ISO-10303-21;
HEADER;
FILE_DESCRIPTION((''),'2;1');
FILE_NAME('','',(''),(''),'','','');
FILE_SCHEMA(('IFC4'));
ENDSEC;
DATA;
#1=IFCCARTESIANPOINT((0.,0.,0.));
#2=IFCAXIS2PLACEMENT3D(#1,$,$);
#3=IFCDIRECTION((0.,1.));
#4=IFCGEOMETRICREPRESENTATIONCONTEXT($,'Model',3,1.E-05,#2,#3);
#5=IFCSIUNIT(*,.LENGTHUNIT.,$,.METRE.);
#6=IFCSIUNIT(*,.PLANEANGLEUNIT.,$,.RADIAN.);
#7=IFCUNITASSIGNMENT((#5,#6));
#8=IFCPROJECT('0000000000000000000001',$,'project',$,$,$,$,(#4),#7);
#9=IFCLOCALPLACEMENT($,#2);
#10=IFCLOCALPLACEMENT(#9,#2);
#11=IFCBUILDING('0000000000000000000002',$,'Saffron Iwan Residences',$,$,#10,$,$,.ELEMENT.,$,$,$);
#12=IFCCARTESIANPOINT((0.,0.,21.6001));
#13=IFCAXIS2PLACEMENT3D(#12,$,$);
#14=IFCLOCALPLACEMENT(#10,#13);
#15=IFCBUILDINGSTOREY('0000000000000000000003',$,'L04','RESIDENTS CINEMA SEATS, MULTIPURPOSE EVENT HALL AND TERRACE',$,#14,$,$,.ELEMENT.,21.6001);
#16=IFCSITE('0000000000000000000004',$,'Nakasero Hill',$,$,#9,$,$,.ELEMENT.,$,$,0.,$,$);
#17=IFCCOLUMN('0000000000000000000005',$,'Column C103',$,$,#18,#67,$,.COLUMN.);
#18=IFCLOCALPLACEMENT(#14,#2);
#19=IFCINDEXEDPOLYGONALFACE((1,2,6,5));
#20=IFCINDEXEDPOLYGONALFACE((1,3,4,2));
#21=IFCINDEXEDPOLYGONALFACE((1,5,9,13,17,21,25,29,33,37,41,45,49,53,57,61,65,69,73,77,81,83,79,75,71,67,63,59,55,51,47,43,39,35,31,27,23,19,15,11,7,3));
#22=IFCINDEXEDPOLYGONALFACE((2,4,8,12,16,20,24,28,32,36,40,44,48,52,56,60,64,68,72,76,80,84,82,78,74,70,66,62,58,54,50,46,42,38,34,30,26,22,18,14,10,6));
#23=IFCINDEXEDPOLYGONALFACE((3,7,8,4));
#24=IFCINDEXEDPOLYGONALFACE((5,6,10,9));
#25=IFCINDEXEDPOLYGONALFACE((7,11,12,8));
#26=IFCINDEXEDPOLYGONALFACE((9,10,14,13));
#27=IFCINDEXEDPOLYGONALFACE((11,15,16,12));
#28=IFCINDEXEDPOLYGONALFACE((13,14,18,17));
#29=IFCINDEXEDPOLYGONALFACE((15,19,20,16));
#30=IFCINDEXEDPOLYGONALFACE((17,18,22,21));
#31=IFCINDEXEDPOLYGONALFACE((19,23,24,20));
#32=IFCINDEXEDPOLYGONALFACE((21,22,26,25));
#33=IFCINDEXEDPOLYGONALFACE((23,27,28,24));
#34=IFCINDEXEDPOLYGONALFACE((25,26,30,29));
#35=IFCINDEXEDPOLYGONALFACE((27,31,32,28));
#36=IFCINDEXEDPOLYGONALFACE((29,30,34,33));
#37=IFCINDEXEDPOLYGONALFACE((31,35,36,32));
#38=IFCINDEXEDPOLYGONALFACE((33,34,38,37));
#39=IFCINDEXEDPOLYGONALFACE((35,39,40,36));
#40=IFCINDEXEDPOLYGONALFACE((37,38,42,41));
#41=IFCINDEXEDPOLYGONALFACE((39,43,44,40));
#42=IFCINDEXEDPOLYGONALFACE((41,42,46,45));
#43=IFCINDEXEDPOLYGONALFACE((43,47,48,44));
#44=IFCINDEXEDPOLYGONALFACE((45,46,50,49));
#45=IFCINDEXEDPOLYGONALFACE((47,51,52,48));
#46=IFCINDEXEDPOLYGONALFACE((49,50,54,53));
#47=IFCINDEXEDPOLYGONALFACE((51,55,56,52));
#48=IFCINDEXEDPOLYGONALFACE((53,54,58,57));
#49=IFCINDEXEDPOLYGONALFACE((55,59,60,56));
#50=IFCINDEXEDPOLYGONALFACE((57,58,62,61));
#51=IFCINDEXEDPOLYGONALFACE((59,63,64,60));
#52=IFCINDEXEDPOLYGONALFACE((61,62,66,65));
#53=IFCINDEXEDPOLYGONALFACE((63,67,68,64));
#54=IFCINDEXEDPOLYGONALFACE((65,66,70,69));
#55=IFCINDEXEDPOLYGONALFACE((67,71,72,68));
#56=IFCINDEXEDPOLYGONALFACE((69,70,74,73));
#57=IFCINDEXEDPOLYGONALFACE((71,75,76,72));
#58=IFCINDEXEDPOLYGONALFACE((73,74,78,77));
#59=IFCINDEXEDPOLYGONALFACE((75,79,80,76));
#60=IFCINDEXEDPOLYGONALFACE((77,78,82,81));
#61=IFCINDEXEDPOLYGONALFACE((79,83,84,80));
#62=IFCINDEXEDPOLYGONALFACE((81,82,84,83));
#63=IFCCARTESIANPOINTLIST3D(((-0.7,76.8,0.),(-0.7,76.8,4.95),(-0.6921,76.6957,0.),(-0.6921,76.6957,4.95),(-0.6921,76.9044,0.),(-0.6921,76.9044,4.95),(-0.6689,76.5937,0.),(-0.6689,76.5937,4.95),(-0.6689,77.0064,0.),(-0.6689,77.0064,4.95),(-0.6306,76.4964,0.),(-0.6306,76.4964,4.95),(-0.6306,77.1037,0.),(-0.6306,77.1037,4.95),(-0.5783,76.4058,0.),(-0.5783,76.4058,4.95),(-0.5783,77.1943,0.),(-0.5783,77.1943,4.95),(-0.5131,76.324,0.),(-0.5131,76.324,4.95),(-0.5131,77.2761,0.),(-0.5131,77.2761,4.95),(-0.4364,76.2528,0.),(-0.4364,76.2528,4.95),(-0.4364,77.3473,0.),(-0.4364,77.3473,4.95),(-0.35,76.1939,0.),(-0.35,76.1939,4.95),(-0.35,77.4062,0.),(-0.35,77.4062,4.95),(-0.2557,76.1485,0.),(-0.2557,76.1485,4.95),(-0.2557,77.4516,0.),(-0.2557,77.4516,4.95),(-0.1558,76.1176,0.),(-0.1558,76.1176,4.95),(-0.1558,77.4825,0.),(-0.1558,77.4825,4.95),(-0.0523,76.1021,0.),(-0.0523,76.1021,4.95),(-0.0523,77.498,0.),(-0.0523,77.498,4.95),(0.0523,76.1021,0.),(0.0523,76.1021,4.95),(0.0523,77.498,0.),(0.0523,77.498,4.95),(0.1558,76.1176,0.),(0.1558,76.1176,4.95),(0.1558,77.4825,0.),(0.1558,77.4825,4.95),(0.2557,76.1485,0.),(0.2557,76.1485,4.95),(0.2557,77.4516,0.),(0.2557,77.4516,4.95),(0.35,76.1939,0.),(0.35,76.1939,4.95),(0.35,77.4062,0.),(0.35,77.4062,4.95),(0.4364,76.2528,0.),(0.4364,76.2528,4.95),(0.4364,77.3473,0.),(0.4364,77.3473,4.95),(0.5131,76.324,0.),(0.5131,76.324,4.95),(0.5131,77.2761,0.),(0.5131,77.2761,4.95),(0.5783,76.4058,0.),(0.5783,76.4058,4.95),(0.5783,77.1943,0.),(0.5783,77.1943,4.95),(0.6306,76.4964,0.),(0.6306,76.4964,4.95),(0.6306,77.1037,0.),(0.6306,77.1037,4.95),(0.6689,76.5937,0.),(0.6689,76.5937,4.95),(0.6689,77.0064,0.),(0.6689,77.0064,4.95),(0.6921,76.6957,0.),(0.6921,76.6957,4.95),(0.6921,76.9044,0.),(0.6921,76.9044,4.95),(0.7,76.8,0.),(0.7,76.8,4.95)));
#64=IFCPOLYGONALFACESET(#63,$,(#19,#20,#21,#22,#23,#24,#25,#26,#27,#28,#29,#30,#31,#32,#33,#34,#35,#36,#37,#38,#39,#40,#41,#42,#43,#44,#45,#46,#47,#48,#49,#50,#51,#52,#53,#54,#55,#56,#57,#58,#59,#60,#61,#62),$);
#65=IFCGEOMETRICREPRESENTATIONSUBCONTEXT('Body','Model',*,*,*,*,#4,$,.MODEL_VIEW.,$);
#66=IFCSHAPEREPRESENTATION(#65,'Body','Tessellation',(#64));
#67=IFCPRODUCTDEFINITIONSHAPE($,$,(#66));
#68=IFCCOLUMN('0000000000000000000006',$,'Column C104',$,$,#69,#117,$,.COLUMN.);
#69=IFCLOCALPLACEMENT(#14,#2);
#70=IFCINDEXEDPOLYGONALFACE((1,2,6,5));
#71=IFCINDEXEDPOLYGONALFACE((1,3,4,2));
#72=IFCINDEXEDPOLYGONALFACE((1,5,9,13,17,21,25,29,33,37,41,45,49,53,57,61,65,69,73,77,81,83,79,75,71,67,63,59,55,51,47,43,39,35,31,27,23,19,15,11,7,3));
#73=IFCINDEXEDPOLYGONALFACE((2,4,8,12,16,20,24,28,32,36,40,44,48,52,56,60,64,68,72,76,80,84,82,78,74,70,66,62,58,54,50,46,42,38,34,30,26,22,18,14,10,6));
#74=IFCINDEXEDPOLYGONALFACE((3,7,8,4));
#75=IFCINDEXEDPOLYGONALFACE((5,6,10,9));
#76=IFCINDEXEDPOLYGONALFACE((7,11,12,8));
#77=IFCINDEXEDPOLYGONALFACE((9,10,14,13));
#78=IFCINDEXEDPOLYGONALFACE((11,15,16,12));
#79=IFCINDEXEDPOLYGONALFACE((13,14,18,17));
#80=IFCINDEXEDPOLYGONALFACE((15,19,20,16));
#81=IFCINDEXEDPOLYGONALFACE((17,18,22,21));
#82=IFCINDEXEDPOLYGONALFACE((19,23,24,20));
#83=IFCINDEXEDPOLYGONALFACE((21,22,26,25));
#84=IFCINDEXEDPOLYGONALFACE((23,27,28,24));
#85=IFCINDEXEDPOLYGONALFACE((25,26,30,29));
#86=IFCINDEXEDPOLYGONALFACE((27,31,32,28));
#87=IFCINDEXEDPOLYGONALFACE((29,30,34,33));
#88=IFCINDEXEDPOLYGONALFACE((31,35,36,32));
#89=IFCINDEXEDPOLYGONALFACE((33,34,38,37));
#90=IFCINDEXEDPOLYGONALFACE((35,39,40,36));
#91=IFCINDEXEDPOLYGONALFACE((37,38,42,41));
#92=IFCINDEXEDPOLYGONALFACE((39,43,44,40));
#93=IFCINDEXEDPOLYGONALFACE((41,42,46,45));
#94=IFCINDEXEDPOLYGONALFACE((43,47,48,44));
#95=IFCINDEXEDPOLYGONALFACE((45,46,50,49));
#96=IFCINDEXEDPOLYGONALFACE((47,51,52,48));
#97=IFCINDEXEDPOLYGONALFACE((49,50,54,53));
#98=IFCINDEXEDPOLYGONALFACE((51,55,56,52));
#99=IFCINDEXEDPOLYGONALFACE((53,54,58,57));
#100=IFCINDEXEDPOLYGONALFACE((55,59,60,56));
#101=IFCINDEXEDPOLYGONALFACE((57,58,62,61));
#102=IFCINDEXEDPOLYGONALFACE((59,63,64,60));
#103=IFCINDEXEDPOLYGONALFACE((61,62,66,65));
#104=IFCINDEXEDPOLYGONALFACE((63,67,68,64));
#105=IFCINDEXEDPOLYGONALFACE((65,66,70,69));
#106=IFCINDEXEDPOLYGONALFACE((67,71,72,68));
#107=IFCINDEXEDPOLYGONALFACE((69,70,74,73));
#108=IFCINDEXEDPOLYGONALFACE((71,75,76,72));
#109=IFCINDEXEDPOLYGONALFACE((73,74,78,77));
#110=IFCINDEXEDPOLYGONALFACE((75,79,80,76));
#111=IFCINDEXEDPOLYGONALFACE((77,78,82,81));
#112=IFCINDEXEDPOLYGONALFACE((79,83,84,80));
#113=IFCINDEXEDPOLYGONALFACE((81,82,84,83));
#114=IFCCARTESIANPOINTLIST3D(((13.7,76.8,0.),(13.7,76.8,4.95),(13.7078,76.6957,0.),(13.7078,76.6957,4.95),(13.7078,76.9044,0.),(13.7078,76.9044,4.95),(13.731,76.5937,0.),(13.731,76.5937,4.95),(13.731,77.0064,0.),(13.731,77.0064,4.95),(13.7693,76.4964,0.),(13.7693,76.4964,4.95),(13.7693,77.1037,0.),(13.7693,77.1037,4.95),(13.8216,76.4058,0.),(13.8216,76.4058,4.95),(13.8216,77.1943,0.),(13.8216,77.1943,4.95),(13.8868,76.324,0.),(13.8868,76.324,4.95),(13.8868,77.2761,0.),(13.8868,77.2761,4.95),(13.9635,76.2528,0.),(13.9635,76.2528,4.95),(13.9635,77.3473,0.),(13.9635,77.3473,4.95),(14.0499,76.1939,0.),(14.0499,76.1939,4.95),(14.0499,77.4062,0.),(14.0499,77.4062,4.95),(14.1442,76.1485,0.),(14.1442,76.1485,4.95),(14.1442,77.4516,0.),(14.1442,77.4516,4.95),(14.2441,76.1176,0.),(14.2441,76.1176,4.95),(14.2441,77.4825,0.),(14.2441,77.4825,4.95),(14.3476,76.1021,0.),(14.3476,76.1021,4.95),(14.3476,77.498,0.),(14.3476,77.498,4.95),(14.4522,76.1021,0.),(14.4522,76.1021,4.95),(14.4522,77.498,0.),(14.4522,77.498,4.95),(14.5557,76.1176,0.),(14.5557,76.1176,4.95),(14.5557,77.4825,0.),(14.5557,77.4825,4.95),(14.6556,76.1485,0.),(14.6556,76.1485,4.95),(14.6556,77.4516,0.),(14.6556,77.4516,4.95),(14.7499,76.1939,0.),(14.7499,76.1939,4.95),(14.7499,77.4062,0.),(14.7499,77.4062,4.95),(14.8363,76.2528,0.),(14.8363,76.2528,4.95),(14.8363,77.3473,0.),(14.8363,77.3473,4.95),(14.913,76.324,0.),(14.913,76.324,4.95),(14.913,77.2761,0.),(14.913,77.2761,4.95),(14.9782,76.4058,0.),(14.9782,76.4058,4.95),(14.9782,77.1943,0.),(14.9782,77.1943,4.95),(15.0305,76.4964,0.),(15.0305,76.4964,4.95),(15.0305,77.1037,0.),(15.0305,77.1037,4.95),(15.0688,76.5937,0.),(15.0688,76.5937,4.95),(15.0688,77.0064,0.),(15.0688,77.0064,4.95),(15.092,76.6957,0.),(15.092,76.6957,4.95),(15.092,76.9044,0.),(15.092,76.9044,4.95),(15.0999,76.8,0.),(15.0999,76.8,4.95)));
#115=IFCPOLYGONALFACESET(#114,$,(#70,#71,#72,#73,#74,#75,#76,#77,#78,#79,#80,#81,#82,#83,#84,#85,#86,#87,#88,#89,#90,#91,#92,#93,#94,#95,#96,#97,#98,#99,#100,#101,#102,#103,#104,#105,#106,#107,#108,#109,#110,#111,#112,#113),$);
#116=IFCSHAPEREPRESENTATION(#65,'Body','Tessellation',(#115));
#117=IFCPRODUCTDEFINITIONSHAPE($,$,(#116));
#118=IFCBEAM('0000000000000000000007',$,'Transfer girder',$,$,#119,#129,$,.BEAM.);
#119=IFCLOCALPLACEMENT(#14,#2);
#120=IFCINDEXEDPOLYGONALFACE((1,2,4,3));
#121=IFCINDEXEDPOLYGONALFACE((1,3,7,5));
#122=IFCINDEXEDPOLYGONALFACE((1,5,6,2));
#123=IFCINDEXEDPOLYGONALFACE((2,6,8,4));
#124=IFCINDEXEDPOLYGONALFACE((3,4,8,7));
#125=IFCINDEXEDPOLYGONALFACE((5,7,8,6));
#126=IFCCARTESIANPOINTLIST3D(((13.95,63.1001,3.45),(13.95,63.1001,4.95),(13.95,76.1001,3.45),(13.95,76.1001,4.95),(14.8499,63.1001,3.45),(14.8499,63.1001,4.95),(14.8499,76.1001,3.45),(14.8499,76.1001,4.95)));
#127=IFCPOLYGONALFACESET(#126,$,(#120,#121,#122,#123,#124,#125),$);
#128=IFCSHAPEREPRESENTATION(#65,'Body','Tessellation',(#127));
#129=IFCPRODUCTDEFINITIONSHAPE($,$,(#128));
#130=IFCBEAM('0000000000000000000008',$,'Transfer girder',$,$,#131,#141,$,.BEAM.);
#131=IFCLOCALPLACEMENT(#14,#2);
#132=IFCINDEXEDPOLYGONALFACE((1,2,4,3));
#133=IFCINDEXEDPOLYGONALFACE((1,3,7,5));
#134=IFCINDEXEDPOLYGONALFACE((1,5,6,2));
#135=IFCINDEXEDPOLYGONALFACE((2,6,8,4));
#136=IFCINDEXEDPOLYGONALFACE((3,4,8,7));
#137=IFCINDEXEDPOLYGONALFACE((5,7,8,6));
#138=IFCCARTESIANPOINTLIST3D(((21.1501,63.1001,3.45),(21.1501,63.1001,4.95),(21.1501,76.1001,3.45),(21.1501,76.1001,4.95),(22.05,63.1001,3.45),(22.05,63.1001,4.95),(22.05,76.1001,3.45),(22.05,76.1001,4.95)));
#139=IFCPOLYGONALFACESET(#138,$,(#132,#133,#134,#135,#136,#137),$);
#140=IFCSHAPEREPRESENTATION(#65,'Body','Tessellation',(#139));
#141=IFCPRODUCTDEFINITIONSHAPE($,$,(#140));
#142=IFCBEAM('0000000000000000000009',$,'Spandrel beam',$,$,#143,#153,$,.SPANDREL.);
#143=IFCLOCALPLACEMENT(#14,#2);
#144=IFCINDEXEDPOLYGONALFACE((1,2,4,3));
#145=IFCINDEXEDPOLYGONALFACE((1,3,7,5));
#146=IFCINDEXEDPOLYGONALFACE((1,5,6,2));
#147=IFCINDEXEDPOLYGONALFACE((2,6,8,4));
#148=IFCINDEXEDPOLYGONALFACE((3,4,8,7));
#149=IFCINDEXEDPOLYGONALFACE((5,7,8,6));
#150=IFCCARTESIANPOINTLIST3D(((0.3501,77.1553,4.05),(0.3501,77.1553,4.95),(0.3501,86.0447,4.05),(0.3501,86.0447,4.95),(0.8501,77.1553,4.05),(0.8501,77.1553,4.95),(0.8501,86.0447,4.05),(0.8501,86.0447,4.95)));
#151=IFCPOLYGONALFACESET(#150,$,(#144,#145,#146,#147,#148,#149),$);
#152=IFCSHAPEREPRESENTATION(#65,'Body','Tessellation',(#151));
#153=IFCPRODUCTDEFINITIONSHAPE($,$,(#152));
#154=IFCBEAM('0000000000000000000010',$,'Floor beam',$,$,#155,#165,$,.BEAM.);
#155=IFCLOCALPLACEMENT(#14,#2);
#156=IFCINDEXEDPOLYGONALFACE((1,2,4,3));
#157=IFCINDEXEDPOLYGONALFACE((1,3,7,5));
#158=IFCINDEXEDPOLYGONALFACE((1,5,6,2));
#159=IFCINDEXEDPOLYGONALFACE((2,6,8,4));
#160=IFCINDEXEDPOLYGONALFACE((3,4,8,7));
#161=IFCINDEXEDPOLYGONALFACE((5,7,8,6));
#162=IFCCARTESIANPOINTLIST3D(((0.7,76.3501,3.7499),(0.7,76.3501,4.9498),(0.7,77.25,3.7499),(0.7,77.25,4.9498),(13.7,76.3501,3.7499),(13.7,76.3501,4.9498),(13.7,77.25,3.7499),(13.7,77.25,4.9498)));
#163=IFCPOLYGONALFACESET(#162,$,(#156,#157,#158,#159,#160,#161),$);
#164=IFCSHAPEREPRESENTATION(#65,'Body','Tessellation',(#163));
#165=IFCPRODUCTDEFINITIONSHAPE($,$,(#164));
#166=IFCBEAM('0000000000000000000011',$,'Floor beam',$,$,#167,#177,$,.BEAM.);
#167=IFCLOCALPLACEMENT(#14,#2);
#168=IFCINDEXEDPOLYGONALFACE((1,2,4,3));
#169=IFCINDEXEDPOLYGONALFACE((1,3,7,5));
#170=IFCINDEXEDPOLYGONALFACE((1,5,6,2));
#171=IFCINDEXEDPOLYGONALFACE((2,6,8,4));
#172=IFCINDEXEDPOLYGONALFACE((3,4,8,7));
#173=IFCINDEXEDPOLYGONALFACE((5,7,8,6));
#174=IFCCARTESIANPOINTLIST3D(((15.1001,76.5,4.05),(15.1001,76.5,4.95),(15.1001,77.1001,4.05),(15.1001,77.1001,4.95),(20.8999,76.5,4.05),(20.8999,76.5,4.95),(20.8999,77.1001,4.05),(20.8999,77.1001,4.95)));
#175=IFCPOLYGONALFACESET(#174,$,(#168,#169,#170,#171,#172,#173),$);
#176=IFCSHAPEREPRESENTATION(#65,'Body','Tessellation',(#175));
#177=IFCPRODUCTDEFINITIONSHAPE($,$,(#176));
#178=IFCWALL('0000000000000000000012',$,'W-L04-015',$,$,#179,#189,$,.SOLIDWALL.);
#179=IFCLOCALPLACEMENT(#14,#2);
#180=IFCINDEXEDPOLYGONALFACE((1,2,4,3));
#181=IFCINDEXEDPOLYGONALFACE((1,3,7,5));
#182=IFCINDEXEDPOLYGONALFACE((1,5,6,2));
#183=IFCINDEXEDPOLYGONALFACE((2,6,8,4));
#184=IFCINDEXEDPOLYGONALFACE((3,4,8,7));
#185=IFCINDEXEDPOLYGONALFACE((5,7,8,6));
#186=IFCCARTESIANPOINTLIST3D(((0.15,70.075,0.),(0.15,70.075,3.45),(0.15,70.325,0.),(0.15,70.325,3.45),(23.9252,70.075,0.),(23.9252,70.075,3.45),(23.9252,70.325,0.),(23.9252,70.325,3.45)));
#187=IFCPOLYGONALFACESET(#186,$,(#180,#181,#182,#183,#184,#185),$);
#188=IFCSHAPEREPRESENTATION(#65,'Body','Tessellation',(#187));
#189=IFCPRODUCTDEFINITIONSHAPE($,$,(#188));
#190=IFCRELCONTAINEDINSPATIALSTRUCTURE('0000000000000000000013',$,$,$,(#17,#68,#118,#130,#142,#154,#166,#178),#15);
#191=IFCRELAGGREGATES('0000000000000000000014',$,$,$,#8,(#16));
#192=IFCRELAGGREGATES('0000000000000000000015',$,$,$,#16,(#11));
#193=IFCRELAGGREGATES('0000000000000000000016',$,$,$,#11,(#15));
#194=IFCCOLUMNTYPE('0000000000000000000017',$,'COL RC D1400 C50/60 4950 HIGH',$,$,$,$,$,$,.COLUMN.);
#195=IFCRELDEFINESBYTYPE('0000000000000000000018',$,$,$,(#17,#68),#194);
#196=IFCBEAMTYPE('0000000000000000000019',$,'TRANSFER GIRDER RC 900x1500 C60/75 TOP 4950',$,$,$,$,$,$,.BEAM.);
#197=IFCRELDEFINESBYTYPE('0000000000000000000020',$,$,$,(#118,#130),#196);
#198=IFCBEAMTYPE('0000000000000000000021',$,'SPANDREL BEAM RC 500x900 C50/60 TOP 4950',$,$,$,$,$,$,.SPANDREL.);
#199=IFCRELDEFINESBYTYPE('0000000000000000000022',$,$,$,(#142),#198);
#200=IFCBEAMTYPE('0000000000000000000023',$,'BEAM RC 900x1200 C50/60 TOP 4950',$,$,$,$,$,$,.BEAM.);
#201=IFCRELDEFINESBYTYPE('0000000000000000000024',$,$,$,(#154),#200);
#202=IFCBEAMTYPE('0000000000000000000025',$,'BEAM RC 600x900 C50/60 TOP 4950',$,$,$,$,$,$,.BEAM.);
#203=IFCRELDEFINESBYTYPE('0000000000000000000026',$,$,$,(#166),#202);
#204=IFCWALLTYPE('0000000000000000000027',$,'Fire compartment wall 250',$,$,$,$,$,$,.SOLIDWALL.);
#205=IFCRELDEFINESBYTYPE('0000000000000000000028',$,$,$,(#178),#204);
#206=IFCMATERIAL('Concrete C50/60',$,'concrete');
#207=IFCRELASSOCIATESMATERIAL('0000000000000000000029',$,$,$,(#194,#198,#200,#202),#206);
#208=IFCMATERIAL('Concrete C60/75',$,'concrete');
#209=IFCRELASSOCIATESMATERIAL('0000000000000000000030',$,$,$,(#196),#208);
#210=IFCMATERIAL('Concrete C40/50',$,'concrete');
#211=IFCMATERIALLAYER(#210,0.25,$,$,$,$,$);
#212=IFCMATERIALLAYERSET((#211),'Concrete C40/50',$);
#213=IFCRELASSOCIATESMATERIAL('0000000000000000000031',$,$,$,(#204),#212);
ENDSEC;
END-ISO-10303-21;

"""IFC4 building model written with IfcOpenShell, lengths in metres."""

from ifc_helpers import new_model, si_unit, direction, frame, frame_2d, origin, origin_2d, place, context, subcontext, project, spatial, rectangle, circle, extrude, source, transform, mapped, material, layer, layer_set, material_profile, profile_set, type_object, element, save


model = new_model("IFC4")

# Units and contexts
model_context = context("Model", 3, precision=1e-05, world=origin(), true_north=direction((0.0, 1.0)))
body_context = subcontext(model_context, "Body", "Model", "MODEL_VIEW")
ifc_project = project(units=[si_unit("LENGTHUNIT", "METRE"), si_unit("PLANEANGLEUNIT", "RADIAN")], contexts=[model_context])

# Site, building, storey
site_placement = place(None, origin())
site = spatial("IfcSite", under=ifc_project, at=site_placement, Name="Nakasero Hill", CompositionType="ELEMENT", RefElevation=0.0)
building_placement = place(site_placement, origin())
building = spatial("IfcBuilding", under=site, at=building_placement, Name="Saffron Iwan Residences", CompositionType="ELEMENT")
storey_placement = place(building_placement, frame((0.0, 0.0, 21.6001)))
storey = spatial("IfcBuildingStorey", under=building, at=storey_placement, Name="L04", Description="RESIDENTS CINEMA SEATS, MULTIPURPOSE EVENT HALL AND TERRACE", CompositionType="ELEMENT", Elevation=21.6001)

# Columns
ifc_material_1 = material(Name="Concrete C50/60", Category="concrete")
ifc_material_profile_1 = material_profile(ifc_material_1, circle(Radius=0.7, at=origin_2d()), Name="RC D1400")
ifc_profile_set_1 = profile_set([ifc_material_profile_1], Name="Concrete C50/60")
column_type = type_object("IfcColumnType", Name="COL RC D1400 C50/60 4950 HIGH", PredefinedType="COLUMN", material=ifc_profile_set_1)
shared_shape_1 = source(origin(), body_context, "Body", "SweptSolid", [
    extrude(circle(Radius=0.7, at=origin_2d()), origin(), (0.0, 0.0, 1.0), 4.95),
])
for number, where, z_axis, x_axis, name in (
    (1, (0.0, 76.8, 0.0), (0.0, 0.0, 1.0), (1.0, 0.0, 0.0), "Column C103"),
    (2, (14.3999, 76.8, 0.0), (0.0, 0.0, 1.0), (1.0, 0.0, 0.0), "Column C104"),
):
    element("IfcColumn", number, at=place(storey_placement, frame(where, z_axis=z_axis, x_axis=x_axis)), inside=storey, type_object=column_type, Name=name, PredefinedType="COLUMN", context=body_context, shape_type="MappedRepresentation", body=[
        mapped(shared_shape_1, transform((0.0, 0.0, 0.0))),
    ])

# Beams
ifc_material_2 = material(Name="Concrete C60/75", Category="concrete")
ifc_material_profile_2 = material_profile(ifc_material_2, rectangle(XDim=0.8999, YDim=1.5, at=origin_2d()), Name="RC 900x1500")
ifc_profile_set_2 = profile_set([ifc_material_profile_2], Name="Concrete C60/75")
beam_type_1 = type_object("IfcBeamType", Name="TRANSFER GIRDER RC 900x1500 C60/75 TOP 4950", PredefinedType="BEAM", material=ifc_profile_set_2)
shared_shape_2 = source(origin(), body_context, "Body", "SweptSolid", [
    extrude(rectangle(XDim=0.8999, YDim=1.5, at=origin_2d()), origin(), (0.0, 0.0, 1.0), 13.0),
])
for number, where, z_axis, x_axis, name in (
    (3, (14.3999, 63.1001, 4.2), (0.0, 1.0, 0.0), (-1.0, 0.0, 0.0), "Transfer girder"),
    (4, (21.6001, 63.1001, 4.2), (0.0, 1.0, 0.0), (-1.0, 0.0, 0.0), "Transfer girder"),
):
    element("IfcBeam", number, at=place(storey_placement, frame(where, z_axis=z_axis, x_axis=x_axis)), inside=storey, type_object=beam_type_1, Name=name, PredefinedType="BEAM", context=body_context, shape_type="MappedRepresentation", body=[
        mapped(shared_shape_2, transform((0.0, 0.0, 0.0))),
    ])
ifc_material_profile_3 = material_profile(ifc_material_1, rectangle(XDim=0.5, YDim=0.8999, at=origin_2d()), Name="RC 500x900")
ifc_profile_set_3 = profile_set([ifc_material_profile_3], Name="Concrete C50/60")
beam_type_2 = type_object("IfcBeamType", Name="SPANDREL BEAM RC 500x900 C50/60 TOP 4950", PredefinedType="SPANDREL", material=ifc_profile_set_3)
shared_shape_3 = source(origin(), body_context, "Body", "SweptSolid", [
    extrude(rectangle(XDim=0.5, YDim=0.8999, at=origin_2d()), origin(), (0.0, 0.0, 1.0), 8.8894),
])
beam_1_placement = place(storey_placement, frame((0.6001, 77.1553, 4.5), z_axis=(0.0, 1.0, 0.0), x_axis=(-1.0, 0.0, 0.0)))
element("IfcBeam", 5, at=beam_1_placement, inside=storey, type_object=beam_type_2, Name="Spandrel beam", PredefinedType="SPANDREL", context=body_context, shape_type="MappedRepresentation", body=[
    mapped(shared_shape_3, transform((0.0, 0.0, 0.0))),
])
ifc_material_profile_4 = material_profile(ifc_material_1, rectangle(XDim=0.8999, YDim=1.2, at=origin_2d()), Name="RC 900x1200")
ifc_profile_set_4 = profile_set([ifc_material_profile_4], Name="Concrete C50/60")
beam_type_3 = type_object("IfcBeamType", Name="BEAM RC 900x1200 C50/60 TOP 4950", PredefinedType="BEAM", material=ifc_profile_set_4)
shared_shape_4 = source(origin(), body_context, "Body", "SweptSolid", [
    extrude(rectangle(XDim=0.8999, YDim=1.2, at=origin_2d()), origin(), (0.0, 0.0, 1.0), 13.0),
])
beam_2_placement = place(storey_placement, frame((0.7, 76.8, 4.3499), z_axis=(1.0, 0.0, 0.0), x_axis=(0.0, 1.0, 0.0)))
element("IfcBeam", 6, at=beam_2_placement, inside=storey, type_object=beam_type_3, Name="Floor beam", PredefinedType="BEAM", context=body_context, shape_type="MappedRepresentation", body=[
    mapped(shared_shape_4, transform((0.0, 0.0, 0.0))),
])
ifc_material_profile_5 = material_profile(ifc_material_1, rectangle(XDim=0.6001, YDim=0.8999, at=origin_2d()), Name="RC 600x900")
ifc_profile_set_5 = profile_set([ifc_material_profile_5], Name="Concrete C50/60")
beam_type_4 = type_object("IfcBeamType", Name="BEAM RC 600x900 C50/60 TOP 4950", PredefinedType="BEAM", material=ifc_profile_set_5)
shared_shape_5 = source(origin(), body_context, "Body", "SweptSolid", [
    extrude(rectangle(XDim=0.6001, YDim=0.8999, at=origin_2d()), origin(), (0.0, 0.0, 1.0), 5.7998),
])
beam_3_placement = place(storey_placement, frame((15.1001, 76.8, 4.5), z_axis=(1.0, 0.0, 0.0), x_axis=(0.0, 1.0, 0.0)))
element("IfcBeam", 7, at=beam_3_placement, inside=storey, type_object=beam_type_4, Name="Floor beam", PredefinedType="BEAM", context=body_context, shape_type="MappedRepresentation", body=[
    mapped(shared_shape_5, transform((0.0, 0.0, 0.0))),
])

# Wall
ifc_material_3 = material(Name="Concrete C40/50", Category="concrete")
ifc_layer_1 = layer(ifc_material_3, 0.25)
ifc_layer_set_1 = layer_set([ifc_layer_1], Name="Concrete C40/50")
wall_type = type_object("IfcWallType", Name="Fire compartment wall 250", PredefinedType="SOLIDWALL", material=ifc_layer_set_1)
wall_placement = place(storey_placement, frame((0.1499, 70.2, 0.0), z_axis=(0.0, 0.0, 1.0), x_axis=(1.0, 0.0, 0.0)))
element("IfcWall", 8, at=wall_placement, inside=storey, type_object=wall_type, Name="W-L04-015", PredefinedType="SOLIDWALL", context=body_context, shape_type="SweptSolid", body=[
    extrude(rectangle(XDim=23.7751, YDim=0.25, at=frame_2d((11.8877, 0.0))), origin(), (0.0, 0.0, 1.0), 3.45),
])

save(model, "model.ifc")
